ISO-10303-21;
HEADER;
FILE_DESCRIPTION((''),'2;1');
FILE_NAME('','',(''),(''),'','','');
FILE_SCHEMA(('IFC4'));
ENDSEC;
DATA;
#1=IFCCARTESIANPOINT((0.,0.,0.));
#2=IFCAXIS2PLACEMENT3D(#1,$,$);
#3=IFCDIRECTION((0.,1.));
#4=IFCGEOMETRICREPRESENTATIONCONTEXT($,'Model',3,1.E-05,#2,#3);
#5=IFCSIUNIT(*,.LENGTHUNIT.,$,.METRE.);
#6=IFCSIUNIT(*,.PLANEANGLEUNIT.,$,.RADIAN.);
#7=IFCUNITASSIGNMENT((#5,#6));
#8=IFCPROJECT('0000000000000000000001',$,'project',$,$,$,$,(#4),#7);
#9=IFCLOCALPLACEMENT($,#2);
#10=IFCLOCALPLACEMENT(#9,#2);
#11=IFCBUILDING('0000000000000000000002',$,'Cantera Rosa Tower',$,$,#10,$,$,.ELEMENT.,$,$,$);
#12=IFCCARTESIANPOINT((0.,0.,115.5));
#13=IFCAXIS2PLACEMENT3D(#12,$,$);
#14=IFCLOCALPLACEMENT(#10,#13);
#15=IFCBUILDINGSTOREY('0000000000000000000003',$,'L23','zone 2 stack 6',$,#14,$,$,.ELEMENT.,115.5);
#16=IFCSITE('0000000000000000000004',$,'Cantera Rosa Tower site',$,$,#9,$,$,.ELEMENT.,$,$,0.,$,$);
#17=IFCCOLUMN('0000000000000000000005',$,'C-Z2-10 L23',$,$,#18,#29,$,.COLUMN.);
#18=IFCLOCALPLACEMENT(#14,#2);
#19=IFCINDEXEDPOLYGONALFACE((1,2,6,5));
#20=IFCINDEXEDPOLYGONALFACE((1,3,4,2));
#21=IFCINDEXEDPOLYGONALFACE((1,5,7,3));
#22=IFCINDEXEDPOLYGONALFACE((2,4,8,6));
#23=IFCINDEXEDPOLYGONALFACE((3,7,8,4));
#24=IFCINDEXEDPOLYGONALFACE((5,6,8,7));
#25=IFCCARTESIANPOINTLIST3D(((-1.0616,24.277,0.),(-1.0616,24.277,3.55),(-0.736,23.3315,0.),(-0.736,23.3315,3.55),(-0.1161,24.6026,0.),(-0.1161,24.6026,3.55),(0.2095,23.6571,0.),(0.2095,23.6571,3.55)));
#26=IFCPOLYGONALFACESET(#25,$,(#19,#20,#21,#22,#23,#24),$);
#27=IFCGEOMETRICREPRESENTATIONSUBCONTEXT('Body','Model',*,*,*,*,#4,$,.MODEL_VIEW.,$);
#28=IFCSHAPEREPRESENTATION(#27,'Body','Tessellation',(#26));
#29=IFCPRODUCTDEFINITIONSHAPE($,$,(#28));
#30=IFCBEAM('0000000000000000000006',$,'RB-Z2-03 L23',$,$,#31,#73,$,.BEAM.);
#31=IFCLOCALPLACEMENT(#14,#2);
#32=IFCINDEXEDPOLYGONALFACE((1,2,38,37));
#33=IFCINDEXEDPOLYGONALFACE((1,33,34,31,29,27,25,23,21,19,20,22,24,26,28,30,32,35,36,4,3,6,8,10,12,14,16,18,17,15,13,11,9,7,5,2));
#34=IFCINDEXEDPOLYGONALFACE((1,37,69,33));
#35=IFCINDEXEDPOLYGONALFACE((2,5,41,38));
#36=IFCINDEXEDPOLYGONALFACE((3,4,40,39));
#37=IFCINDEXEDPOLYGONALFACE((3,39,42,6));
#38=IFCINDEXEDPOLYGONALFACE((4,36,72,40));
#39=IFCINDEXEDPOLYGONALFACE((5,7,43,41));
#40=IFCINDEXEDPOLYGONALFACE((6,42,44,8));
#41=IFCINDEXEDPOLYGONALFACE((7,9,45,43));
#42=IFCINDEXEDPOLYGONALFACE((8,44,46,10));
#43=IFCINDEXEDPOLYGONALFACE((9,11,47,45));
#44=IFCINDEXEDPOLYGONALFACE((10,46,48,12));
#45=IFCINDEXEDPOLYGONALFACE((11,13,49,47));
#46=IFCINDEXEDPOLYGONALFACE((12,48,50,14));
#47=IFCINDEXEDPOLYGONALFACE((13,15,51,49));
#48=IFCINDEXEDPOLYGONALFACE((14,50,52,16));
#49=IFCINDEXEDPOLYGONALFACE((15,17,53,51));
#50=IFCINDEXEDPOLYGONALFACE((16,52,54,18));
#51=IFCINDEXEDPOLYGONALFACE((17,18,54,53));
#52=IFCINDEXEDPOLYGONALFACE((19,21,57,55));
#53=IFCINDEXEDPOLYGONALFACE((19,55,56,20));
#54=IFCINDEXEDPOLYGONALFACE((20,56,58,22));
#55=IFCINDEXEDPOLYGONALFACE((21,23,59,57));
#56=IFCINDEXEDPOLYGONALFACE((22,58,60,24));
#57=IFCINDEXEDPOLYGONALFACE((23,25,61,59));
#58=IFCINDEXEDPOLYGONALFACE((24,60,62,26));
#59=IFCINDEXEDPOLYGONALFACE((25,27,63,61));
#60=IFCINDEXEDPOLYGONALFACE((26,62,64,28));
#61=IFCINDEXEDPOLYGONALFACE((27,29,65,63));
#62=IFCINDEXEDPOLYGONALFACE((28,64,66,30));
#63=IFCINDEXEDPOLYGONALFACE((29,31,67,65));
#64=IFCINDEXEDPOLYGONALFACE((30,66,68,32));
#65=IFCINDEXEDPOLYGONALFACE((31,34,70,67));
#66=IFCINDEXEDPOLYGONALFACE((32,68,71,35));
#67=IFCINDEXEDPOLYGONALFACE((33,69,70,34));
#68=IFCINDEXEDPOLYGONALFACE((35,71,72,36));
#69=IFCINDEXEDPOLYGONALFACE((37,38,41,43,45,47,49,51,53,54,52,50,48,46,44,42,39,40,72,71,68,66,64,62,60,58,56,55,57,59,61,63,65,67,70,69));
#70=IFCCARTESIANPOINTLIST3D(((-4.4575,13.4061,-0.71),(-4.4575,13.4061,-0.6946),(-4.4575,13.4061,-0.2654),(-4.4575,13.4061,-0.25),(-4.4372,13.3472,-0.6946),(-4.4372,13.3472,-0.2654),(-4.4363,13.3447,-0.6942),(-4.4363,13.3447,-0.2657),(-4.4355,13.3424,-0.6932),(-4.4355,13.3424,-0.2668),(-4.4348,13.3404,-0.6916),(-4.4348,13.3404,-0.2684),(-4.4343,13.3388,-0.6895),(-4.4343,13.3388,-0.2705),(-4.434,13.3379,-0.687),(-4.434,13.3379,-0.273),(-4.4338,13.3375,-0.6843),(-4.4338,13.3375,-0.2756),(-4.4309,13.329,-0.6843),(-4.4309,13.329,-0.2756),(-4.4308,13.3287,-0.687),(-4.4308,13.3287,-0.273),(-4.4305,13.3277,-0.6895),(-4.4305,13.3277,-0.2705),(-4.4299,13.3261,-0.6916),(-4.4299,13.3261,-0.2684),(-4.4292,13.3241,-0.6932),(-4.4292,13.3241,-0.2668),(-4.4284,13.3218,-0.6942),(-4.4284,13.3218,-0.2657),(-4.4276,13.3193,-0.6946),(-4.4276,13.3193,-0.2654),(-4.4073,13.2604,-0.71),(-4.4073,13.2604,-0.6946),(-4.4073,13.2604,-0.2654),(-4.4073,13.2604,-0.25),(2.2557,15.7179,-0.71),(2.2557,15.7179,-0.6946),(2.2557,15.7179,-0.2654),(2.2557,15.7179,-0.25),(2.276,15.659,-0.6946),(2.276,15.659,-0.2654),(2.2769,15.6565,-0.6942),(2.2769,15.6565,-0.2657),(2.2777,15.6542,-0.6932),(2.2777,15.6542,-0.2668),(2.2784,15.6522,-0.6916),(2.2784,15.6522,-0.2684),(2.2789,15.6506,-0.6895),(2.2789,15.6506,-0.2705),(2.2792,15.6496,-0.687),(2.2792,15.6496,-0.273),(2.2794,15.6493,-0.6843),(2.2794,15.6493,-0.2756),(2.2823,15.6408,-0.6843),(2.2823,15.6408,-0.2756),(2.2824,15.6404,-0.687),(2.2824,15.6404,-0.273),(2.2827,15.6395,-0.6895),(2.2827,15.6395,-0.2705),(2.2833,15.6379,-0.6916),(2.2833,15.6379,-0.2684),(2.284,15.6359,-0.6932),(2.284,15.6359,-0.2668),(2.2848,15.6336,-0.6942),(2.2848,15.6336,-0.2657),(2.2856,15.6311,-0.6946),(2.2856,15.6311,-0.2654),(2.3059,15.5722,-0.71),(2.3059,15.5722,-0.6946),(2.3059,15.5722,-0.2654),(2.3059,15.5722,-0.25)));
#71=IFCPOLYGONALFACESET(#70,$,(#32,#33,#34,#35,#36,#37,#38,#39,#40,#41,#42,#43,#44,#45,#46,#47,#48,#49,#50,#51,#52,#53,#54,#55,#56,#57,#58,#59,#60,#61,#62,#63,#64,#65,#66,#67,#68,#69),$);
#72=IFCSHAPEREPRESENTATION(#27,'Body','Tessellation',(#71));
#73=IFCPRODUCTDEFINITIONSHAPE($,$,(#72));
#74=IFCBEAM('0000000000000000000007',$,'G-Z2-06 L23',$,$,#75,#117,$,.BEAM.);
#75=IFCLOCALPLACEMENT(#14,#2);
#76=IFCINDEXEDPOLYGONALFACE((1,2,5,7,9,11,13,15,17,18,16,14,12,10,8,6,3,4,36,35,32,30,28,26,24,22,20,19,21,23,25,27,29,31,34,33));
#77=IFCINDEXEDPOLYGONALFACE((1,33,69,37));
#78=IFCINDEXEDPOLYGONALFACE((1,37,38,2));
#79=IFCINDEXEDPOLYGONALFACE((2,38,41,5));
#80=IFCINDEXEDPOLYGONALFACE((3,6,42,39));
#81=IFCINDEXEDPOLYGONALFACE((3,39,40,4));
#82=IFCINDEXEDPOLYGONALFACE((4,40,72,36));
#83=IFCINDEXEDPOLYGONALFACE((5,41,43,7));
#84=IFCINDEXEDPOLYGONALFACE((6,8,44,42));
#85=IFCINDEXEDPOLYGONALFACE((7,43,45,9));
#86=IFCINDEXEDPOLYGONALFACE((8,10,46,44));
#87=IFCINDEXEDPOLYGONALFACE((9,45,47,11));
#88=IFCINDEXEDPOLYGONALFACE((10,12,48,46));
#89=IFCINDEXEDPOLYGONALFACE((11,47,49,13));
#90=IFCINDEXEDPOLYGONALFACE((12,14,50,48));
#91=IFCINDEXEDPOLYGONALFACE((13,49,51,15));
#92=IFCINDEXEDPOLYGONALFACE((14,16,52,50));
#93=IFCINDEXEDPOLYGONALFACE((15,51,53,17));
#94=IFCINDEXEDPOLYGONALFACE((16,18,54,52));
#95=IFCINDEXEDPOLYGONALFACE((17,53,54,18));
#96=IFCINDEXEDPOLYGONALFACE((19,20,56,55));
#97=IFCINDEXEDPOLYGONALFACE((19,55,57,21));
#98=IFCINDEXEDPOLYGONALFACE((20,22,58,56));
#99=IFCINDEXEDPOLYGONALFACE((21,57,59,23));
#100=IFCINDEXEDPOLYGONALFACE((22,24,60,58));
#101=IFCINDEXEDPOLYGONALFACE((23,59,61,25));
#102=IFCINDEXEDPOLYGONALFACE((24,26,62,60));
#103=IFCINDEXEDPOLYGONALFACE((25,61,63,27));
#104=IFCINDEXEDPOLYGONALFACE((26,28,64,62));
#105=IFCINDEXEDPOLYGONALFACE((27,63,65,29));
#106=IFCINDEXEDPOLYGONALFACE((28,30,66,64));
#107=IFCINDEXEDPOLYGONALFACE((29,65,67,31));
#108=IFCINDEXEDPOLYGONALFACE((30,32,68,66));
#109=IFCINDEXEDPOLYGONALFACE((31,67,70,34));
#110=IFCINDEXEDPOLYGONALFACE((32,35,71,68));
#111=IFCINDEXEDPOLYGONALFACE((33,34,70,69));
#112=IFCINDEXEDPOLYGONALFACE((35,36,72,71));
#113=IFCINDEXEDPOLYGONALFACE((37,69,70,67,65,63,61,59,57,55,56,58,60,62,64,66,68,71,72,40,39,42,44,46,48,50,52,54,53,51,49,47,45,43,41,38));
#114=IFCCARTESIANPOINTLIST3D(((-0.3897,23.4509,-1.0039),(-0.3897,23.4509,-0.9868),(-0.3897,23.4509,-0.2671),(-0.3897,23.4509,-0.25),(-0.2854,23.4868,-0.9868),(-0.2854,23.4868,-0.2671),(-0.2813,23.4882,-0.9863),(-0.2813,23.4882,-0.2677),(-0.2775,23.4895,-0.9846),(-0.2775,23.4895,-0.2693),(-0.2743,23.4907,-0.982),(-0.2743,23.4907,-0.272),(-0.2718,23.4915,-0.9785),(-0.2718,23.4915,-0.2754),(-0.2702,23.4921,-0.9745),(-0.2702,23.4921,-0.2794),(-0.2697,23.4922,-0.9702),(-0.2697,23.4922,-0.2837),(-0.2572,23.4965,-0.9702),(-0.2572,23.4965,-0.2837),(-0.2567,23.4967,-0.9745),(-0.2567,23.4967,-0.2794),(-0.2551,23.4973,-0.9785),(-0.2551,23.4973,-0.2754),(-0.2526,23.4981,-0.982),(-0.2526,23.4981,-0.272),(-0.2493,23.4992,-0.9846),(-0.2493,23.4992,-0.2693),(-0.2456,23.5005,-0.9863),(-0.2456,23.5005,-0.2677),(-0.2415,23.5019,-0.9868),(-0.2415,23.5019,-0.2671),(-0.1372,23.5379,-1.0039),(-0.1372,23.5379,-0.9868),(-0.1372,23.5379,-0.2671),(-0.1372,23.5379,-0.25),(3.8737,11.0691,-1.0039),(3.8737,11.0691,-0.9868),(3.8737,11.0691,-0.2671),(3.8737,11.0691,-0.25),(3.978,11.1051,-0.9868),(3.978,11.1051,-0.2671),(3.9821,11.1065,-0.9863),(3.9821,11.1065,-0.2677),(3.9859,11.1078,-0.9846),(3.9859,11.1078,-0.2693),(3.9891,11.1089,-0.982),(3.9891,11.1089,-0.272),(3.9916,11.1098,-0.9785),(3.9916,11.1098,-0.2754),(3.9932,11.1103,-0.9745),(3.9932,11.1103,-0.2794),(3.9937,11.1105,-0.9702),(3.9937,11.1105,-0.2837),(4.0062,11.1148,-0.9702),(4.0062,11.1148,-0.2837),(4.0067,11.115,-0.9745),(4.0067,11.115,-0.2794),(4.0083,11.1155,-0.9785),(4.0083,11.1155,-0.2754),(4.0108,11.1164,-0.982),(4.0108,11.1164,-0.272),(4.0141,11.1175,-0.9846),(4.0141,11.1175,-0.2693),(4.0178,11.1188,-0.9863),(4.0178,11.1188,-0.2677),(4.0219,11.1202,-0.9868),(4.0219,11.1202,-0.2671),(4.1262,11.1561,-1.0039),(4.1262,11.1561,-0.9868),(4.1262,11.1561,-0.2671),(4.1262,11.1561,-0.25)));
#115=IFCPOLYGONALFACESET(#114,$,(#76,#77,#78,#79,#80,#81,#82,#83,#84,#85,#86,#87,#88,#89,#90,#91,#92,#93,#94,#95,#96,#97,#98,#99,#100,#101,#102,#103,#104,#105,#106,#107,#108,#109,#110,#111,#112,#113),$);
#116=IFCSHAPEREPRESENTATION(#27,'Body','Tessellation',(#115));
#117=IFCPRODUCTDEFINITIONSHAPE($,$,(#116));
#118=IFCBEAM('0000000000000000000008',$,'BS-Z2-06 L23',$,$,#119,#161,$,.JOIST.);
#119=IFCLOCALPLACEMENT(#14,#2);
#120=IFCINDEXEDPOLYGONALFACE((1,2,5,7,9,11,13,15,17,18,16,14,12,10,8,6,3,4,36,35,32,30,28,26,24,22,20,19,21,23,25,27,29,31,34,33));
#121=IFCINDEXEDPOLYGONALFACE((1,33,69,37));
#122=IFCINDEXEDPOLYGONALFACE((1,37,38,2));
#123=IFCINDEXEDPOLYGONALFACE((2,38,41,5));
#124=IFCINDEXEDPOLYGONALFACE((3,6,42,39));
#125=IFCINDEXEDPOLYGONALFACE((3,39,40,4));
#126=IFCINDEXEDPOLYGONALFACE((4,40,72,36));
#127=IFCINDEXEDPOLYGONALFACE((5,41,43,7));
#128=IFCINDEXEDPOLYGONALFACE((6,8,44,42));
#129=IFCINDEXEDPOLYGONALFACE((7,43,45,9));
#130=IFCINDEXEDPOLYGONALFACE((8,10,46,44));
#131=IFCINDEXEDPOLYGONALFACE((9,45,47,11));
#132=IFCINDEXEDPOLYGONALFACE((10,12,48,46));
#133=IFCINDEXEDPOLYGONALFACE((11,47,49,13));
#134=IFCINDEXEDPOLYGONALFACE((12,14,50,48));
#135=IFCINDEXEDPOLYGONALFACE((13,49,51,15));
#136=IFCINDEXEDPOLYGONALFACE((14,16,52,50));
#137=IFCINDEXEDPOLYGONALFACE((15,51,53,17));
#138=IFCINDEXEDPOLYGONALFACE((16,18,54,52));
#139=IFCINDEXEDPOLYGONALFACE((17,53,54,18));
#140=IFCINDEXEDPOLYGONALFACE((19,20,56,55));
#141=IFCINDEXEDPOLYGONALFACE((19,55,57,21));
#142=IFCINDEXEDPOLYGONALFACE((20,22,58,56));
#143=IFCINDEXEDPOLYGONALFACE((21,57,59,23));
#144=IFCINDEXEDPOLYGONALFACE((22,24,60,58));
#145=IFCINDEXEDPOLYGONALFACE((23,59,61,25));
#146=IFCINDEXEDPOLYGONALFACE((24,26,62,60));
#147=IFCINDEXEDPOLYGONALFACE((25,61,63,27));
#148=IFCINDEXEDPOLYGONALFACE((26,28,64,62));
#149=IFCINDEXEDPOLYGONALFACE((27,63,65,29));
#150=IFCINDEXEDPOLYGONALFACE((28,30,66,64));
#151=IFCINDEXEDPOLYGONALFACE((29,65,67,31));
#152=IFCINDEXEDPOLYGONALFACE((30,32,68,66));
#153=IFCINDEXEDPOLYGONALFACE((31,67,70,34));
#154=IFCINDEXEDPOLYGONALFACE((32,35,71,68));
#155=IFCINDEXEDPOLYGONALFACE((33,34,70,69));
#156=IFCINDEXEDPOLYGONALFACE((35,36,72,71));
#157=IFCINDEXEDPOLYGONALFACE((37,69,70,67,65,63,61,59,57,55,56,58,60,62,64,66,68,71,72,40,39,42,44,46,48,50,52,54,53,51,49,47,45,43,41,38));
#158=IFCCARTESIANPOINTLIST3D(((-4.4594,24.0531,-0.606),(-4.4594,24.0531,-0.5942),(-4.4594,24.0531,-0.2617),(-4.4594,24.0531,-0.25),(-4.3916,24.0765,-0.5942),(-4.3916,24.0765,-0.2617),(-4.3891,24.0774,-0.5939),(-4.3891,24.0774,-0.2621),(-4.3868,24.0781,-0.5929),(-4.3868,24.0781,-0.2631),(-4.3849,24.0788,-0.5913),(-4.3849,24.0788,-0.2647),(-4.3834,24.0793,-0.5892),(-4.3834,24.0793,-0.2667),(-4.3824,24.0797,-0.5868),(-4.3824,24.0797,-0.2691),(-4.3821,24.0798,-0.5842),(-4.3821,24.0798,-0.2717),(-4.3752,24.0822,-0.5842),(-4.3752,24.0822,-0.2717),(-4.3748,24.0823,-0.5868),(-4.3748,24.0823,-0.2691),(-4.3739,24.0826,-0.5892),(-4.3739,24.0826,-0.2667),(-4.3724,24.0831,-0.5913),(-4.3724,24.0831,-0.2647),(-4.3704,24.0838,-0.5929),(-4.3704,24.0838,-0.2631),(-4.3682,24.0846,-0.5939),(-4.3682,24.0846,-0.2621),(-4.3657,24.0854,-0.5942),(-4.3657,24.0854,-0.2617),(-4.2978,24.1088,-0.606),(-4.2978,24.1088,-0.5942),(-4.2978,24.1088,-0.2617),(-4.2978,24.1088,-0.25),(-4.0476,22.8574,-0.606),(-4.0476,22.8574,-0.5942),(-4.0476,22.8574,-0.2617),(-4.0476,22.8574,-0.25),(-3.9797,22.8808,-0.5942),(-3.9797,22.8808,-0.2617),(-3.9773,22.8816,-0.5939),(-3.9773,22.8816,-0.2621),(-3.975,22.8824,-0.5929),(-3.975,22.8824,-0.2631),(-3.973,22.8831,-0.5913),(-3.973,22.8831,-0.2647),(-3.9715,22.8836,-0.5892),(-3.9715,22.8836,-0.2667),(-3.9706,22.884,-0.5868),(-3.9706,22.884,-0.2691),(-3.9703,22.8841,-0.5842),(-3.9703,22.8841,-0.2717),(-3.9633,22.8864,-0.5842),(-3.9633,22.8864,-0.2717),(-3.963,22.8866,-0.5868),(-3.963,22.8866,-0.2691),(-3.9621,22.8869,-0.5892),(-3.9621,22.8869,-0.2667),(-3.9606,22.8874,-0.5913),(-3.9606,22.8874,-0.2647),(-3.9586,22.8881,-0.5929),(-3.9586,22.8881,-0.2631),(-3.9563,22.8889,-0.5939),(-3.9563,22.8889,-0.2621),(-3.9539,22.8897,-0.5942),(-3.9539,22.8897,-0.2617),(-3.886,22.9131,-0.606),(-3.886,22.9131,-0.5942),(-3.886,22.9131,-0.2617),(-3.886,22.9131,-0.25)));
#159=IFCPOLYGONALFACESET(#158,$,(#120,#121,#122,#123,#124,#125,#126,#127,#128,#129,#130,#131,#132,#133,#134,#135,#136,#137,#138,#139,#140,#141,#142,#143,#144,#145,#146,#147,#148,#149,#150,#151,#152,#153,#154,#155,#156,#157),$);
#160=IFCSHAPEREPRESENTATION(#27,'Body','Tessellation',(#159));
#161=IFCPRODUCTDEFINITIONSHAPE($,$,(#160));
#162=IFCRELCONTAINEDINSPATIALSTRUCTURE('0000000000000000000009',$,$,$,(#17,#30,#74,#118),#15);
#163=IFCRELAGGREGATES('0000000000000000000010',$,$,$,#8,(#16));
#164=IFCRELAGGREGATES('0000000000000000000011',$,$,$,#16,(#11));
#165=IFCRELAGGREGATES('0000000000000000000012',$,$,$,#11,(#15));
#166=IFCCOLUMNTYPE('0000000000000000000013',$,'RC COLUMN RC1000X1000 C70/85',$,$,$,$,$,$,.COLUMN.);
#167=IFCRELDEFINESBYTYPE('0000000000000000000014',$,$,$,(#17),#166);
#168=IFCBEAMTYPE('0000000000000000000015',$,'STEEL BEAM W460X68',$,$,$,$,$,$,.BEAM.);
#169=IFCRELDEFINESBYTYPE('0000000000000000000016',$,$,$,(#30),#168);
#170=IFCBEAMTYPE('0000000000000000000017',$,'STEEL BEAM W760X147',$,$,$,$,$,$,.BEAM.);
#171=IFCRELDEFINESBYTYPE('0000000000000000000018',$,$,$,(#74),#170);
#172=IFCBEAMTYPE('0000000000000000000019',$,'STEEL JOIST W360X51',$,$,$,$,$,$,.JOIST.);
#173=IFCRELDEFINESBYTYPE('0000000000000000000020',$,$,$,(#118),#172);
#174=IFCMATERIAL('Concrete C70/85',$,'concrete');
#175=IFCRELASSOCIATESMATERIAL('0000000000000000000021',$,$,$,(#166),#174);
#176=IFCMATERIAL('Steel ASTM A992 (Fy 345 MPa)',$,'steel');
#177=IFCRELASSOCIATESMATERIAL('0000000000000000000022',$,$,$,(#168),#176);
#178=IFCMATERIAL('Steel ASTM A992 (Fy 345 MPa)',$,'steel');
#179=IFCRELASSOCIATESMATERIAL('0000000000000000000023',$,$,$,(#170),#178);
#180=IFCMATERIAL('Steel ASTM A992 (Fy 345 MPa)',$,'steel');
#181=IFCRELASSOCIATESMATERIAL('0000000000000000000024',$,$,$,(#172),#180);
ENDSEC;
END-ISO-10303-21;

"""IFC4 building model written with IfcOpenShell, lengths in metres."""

from ifc_helpers import new_model, si_unit, direction, frame, origin, origin_2d, place, context, subcontext, project, spatial, rectangle, i_section, extrude, material, material_profile, profile_set, type_object, element, save


model = new_model("IFC4")

# Units and contexts
model_context = context("Model", 3, precision=1e-05, world=origin(), true_north=direction((0.0, 1.0)))
body_context = subcontext(model_context, "Body", "Model", "MODEL_VIEW")
ifc_project = project(units=[si_unit("LENGTHUNIT", "METRE"), si_unit("PLANEANGLEUNIT", "RADIAN")], contexts=[model_context])

# Site, building, storey
site_placement = place(None, origin())
site = spatial("IfcSite", under=ifc_project, at=site_placement, Name="Cantera Rosa Tower site", CompositionType="ELEMENT", RefElevation=0.0)
building_placement = place(site_placement, origin())
building = spatial("IfcBuilding", under=site, at=building_placement, Name="Cantera Rosa Tower", CompositionType="ELEMENT")
storey_placement = place(building_placement, frame((0.0, 0.0, 115.5)))
storey = spatial("IfcBuildingStorey", under=building, at=storey_placement, Name="L23", Description="zone 2 stack 6", CompositionType="ELEMENT", Elevation=115.5)

# Column
ifc_material_1 = material(Name="Concrete C70/85", Category="concrete")
ifc_material_profile_1 = material_profile(ifc_material_1, rectangle(XDim=1.0, YDim=1.0, at=origin_2d()), Name="RC COLUMN RC1000X1000 C70/85")
ifc_profile_set_1 = profile_set([ifc_material_profile_1], Name="Concrete C70/85")
column_type = type_object("IfcColumnType", Name="RC COLUMN RC1000X1000 C70/85", PredefinedType="COLUMN", material=ifc_profile_set_1)
column_placement = place(storey_placement, frame((-0.426, 23.967, 0.0), z_axis=(0.0, 0.0, 1.0), x_axis=(0.945519, 0.325568, 0.0)))
element("IfcColumn", 1, at=column_placement, inside=storey, type_object=column_type, Name="C-Z2-10 L23", PredefinedType="COLUMN", context=body_context, shape_type="SweptSolid", body=[
    extrude(rectangle(XDim=1.0, YDim=1.0, at=origin_2d()), origin(), (0.0, 0.0, 1.0), 3.55),
])

# Beams
ifc_material_2 = material(Name="Steel ASTM A992 (Fy 345 MPa)", Category="steel")
ifc_material_profile_2 = material_profile(ifc_material_2, i_section(OverallWidth=0.1541, OverallDepth=0.46, WebThickness=0.009, FlangeThickness=0.0154, FilletRadius=0.0103, at=origin_2d()), Name="W460X68")
ifc_profile_set_2 = profile_set([ifc_material_profile_2], Name="Steel ASTM A992 (Fy 345 MPa)")
beam_type_1 = type_object("IfcBeamType", Name="STEEL BEAM W460X68", PredefinedType="BEAM", material=ifc_profile_set_2)
beam_1_placement = place(storey_placement, frame((-4.4324, 13.3333, -0.48), z_axis=(0.945508, 0.3256, 0.0), x_axis=(-0.3256, 0.945508, 0.0)))
element("IfcBeam", 2, at=beam_1_placement, inside=storey, type_object=beam_type_1, Name="RB-Z2-03 L23", PredefinedType="BEAM", context=body_context, shape_type="SweptSolid", body=[
    extrude(i_section(OverallWidth=0.1541, OverallDepth=0.46, WebThickness=0.009, FlangeThickness=0.0154, FilletRadius=0.0103, at=origin_2d()), origin(), (0.0, 0.0, 1.0), 7.1001),
])
ifc_material_3 = material(Name="Steel ASTM A992 (Fy 345 MPa)", Category="steel")
ifc_material_profile_3 = material_profile(ifc_material_3, i_section(OverallWidth=0.2671, OverallDepth=0.7539, WebThickness=0.0132, FlangeThickness=0.0171, FilletRadius=0.0166, at=origin_2d()), Name="W760X147")
ifc_profile_set_3 = profile_set([ifc_material_profile_3], Name="Steel ASTM A992 (Fy 345 MPa)")
beam_type_2 = type_object("IfcBeamType", Name="STEEL BEAM W760X147", PredefinedType="BEAM", material=ifc_profile_set_3)
beam_2_placement = place(storey_placement, frame((-0.2634, 23.4944, -0.627), z_axis=(0.32557, -0.945518, 0.0), x_axis=(0.945518, 0.32557, 0.0)))
element("IfcBeam", 3, at=beam_2_placement, inside=storey, type_object=beam_type_2, Name="G-Z2-06 L23", PredefinedType="BEAM", context=body_context, shape_type="SweptSolid", body=[
    extrude(i_section(OverallWidth=0.2671, OverallDepth=0.7539, WebThickness=0.0132, FlangeThickness=0.0171, FilletRadius=0.0166, at=origin_2d()), origin(), (0.0, 0.0, 1.0), 13.0952),
])
ifc_material_4 = material(Name="Steel ASTM A992 (Fy 345 MPa)", Category="steel")
ifc_material_profile_4 = material_profile(ifc_material_4, i_section(OverallWidth=0.1709, OverallDepth=0.356, WebThickness=0.0073, FlangeThickness=0.0117, FilletRadius=0.01, at=origin_2d()), Name="W360X51")
ifc_profile_set_4 = profile_set([ifc_material_profile_4], Name="Steel ASTM A992 (Fy 345 MPa)")
beam_type_3 = type_object("IfcBeamType", Name="STEEL JOIST W360X51", PredefinedType="JOIST", material=ifc_profile_set_4)
beam_3_placement = place(storey_placement, frame((-3.9668, 22.8853, -0.428), z_axis=(-0.325652, 0.94549, 0.0), x_axis=(-0.94549, -0.325652, 0.0)))
element("IfcBeam", 4, at=beam_3_placement, inside=storey, type_object=beam_type_3, Name="BS-Z2-06 L23", PredefinedType="JOIST", context=body_context, shape_type="SweptSolid", body=[
    extrude(i_section(OverallWidth=0.1709, OverallDepth=0.356, WebThickness=0.0073, FlangeThickness=0.0117, FilletRadius=0.01, at=origin_2d()), origin(), (0.0, 0.0, 1.0), 1.2646),
])

save(model, "model.ifc")
